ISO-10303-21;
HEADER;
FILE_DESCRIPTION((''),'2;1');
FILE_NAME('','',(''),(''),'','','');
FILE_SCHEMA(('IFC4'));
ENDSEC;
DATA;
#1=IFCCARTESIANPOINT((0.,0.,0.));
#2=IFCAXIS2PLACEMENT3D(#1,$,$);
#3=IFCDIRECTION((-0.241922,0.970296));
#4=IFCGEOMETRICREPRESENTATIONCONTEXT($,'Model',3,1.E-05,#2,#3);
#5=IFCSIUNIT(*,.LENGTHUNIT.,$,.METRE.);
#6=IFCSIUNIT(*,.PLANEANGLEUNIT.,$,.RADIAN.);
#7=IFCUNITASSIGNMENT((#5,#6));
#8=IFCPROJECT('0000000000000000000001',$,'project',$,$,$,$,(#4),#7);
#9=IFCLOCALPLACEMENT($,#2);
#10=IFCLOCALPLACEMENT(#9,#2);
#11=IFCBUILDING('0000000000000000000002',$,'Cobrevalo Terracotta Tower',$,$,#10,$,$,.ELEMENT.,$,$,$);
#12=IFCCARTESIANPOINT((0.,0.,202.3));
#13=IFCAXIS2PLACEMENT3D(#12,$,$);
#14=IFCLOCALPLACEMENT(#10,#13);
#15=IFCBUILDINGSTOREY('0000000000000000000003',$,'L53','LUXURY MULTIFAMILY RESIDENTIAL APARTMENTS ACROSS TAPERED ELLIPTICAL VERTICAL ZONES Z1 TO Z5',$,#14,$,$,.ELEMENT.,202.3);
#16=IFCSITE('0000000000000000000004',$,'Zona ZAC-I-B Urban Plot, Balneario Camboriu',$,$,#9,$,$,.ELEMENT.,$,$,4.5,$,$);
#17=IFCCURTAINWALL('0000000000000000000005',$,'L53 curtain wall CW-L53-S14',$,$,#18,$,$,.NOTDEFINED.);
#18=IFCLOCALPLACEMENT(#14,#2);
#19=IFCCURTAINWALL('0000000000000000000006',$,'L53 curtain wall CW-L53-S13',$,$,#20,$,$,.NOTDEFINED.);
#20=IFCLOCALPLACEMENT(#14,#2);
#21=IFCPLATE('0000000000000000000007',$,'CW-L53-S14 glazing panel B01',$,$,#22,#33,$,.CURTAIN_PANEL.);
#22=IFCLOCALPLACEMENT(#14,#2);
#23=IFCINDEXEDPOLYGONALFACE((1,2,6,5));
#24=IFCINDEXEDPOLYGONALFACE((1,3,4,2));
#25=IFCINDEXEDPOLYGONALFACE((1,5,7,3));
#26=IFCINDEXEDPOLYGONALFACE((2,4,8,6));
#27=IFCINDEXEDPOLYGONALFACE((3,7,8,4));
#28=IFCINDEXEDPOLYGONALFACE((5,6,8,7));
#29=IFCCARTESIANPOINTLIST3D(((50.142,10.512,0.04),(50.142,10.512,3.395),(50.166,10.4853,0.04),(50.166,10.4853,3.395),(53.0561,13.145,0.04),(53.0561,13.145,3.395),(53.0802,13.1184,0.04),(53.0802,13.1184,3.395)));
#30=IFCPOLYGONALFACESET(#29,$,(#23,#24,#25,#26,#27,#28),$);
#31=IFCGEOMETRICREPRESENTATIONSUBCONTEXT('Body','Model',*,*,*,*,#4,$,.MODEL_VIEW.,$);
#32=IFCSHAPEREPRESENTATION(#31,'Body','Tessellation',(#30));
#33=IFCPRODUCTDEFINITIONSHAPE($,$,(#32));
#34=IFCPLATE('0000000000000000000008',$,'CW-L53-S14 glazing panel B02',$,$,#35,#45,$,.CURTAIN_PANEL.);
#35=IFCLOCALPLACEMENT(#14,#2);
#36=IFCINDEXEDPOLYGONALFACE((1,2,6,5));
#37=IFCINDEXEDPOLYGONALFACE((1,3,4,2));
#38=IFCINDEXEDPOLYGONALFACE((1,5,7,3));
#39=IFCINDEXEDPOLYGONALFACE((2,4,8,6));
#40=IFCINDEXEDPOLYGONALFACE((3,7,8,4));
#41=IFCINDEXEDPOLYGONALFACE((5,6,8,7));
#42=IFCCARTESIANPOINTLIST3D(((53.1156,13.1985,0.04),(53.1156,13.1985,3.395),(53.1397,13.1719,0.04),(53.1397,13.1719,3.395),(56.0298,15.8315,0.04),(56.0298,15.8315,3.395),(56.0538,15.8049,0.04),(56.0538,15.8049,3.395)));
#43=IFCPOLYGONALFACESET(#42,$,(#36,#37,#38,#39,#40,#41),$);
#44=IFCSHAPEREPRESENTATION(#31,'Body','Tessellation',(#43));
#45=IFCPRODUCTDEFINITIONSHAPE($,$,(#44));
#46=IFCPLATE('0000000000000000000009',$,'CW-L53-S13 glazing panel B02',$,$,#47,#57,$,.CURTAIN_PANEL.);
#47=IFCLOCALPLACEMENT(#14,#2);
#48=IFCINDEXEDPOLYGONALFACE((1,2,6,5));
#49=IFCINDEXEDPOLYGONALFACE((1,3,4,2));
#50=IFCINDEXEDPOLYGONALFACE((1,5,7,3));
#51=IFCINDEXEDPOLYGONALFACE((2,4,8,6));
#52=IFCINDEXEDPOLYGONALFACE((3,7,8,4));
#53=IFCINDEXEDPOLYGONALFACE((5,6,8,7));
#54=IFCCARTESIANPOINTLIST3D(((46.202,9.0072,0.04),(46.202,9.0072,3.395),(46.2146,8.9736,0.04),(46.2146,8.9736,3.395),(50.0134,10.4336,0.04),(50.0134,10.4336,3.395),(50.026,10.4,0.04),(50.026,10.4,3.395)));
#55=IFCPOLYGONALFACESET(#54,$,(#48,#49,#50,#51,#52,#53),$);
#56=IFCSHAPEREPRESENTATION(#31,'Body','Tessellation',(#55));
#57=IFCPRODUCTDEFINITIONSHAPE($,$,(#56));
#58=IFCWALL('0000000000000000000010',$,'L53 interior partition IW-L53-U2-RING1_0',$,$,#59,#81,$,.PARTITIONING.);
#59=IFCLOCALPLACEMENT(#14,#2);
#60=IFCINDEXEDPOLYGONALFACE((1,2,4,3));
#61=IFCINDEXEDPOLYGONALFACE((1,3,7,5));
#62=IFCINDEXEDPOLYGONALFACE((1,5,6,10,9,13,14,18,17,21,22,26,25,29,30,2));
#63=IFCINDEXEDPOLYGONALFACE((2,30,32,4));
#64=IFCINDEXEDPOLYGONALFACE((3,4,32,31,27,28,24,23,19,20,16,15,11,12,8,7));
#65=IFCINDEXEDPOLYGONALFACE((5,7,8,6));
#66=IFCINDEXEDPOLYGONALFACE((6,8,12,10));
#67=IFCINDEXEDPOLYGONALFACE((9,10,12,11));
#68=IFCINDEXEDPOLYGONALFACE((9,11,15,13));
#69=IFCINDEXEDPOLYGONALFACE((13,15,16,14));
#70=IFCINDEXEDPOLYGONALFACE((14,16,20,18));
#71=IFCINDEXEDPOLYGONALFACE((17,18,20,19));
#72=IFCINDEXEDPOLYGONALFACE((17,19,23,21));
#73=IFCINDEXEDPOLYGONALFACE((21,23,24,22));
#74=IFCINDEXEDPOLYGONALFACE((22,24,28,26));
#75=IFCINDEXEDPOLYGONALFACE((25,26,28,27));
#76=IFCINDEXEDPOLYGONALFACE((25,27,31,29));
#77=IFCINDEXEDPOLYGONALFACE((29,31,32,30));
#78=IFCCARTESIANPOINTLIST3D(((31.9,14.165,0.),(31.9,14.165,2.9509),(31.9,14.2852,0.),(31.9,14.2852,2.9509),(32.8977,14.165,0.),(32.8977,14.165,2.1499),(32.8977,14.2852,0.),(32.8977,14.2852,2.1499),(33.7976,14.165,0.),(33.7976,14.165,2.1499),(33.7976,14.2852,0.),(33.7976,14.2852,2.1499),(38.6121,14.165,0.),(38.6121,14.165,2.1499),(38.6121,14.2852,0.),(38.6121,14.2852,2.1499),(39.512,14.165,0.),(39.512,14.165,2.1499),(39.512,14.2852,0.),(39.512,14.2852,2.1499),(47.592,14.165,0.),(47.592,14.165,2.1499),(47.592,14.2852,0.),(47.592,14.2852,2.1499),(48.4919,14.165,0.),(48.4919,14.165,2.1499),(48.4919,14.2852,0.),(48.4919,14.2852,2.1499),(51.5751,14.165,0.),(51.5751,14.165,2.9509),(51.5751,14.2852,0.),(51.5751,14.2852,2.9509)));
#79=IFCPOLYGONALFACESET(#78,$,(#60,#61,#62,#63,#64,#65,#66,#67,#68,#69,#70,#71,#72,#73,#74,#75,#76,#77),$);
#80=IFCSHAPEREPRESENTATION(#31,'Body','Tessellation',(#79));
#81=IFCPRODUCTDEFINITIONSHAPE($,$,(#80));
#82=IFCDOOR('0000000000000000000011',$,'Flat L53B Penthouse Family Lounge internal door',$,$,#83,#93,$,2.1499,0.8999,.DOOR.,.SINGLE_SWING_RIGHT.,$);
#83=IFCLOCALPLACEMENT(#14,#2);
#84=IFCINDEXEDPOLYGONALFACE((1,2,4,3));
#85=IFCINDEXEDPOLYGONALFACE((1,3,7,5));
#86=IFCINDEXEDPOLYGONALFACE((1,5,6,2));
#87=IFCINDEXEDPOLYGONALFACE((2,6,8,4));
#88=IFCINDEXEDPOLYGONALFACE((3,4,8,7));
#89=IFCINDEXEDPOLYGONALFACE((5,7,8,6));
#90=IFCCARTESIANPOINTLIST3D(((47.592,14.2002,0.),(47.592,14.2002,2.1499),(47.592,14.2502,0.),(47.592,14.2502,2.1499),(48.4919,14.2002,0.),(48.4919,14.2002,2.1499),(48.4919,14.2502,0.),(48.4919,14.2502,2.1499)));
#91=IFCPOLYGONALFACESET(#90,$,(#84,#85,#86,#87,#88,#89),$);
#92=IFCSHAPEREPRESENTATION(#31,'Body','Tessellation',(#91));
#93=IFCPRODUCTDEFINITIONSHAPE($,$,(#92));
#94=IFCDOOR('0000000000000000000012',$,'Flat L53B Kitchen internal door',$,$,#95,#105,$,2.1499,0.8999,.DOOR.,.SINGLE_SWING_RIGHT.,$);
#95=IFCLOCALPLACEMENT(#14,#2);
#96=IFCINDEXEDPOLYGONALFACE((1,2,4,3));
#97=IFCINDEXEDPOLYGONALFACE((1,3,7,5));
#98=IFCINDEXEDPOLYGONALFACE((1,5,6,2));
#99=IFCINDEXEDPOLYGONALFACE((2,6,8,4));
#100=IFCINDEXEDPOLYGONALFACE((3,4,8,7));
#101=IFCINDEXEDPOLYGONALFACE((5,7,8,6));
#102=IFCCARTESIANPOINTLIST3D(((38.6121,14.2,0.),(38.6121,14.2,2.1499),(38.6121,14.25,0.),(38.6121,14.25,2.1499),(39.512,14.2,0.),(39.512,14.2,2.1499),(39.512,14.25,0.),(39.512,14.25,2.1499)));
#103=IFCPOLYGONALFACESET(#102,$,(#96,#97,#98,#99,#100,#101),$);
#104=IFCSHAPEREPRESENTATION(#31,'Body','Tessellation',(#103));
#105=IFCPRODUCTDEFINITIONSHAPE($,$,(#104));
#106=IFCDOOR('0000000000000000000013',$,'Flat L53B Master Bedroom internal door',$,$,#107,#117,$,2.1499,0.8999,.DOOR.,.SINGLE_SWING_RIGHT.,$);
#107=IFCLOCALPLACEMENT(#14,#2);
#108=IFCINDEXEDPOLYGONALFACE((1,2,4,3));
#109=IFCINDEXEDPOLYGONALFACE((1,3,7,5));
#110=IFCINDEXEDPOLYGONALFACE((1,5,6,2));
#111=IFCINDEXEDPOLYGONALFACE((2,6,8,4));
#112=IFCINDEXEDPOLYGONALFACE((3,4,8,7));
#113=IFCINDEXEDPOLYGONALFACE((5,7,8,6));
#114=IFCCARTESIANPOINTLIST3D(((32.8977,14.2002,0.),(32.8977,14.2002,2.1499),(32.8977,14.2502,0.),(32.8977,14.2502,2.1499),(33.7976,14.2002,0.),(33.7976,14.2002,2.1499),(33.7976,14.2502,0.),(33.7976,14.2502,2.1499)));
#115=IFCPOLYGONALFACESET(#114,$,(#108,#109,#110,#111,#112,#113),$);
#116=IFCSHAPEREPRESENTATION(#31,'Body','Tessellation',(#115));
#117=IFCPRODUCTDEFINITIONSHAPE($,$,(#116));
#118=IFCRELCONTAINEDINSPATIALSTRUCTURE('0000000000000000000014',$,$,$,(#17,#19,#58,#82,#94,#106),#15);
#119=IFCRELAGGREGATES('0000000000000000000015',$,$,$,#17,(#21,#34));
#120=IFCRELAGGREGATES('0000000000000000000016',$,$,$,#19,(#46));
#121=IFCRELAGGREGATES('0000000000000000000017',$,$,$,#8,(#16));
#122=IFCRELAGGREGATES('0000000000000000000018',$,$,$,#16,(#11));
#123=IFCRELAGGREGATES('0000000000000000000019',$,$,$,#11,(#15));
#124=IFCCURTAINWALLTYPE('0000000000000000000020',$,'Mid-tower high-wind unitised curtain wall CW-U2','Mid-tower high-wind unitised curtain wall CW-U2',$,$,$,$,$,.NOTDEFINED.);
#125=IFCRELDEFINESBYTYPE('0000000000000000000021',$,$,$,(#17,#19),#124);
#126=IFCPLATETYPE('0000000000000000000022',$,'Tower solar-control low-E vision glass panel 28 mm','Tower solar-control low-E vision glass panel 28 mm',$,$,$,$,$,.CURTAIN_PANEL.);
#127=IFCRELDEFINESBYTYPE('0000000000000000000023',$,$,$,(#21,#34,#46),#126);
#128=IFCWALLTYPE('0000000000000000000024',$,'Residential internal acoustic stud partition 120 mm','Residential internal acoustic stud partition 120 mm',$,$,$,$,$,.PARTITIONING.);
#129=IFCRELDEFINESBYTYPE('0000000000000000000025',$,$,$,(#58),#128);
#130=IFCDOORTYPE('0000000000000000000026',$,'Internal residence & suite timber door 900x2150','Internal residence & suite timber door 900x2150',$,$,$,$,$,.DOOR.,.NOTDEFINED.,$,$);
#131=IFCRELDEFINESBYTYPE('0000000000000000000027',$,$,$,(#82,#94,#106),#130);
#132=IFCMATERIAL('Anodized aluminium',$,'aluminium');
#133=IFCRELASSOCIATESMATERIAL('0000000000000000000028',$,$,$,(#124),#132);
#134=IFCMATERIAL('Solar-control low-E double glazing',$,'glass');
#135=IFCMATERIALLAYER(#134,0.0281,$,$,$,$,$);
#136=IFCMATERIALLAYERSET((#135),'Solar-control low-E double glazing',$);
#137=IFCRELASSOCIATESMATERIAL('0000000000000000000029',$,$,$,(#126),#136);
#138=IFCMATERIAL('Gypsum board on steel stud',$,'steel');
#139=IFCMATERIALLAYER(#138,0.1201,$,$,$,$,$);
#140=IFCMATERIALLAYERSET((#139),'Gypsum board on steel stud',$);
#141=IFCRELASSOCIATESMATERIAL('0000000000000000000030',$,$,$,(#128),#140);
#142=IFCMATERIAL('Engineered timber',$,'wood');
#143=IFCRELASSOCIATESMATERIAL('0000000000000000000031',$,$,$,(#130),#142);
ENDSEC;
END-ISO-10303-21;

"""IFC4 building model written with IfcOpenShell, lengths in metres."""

from ifc_helpers import new_model, si_unit, direction, frame, frame_2d, origin, origin_2d, place, context, subcontext, project, spatial, rectangle, extrude, source, transform, mapped, material, layer, layer_set, type_object, element, fill, aggregate, save


model = new_model("IFC4")

# Units and contexts
model_context = context("Model", 3, precision=1e-05, world=origin(), true_north=direction((-0.241922, 0.970296)))
body_context = subcontext(model_context, "Body", "Model", "MODEL_VIEW")
ifc_project = project(units=[si_unit("LENGTHUNIT", "METRE"), si_unit("PLANEANGLEUNIT", "RADIAN")], contexts=[model_context])

# Site, building, storey
site_placement = place(None, origin())
site = spatial("IfcSite", under=ifc_project, at=site_placement, Name="Zona ZAC-I-B Urban Plot, Balneario Camboriu", CompositionType="ELEMENT", RefElevation=4.5)
building_placement = place(site_placement, origin())
building = spatial("IfcBuilding", under=site, at=building_placement, Name="Cobrevalo Terracotta Tower", CompositionType="ELEMENT")
storey_placement = place(building_placement, frame((0.0, 0.0, 202.3)))
storey = spatial("IfcBuildingStorey", under=building, at=storey_placement, Name="L53", Description="LUXURY MULTIFAMILY RESIDENTIAL APARTMENTS ACROSS TAPERED ELLIPTICAL VERTICAL ZONES Z1 TO Z5", CompositionType="ELEMENT", Elevation=202.3)

# Curtain wall
ifc_material_1 = material(Name="Anodized aluminium", Category="aluminium")
curtain_wall_type = type_object("IfcCurtainWallType", Name="Mid-tower high-wind unitised curtain wall CW-U2", Description="Mid-tower high-wind unitised curtain wall CW-U2", PredefinedType="NOTDEFINED", material=ifc_material_1)
curtain_wall_1_placement = place(storey_placement, origin())
curtain_wall_1 = element("IfcCurtainWall", 1, at=curtain_wall_1_placement, inside=storey, type_object=curtain_wall_type, Name="L53 curtain wall CW-L53-S14", PredefinedType="NOTDEFINED")

# Curtain wall
curtain_wall_2_placement = place(storey_placement, origin())
curtain_wall_2 = element("IfcCurtainWall", 2, at=curtain_wall_2_placement, inside=storey, type_object=curtain_wall_type, Name="L53 curtain wall CW-L53-S13", PredefinedType="NOTDEFINED")

# Plates
ifc_material_2 = material(Name="Solar-control low-E double glazing", Category="glass")
ifc_layer_1 = layer(ifc_material_2, 0.0281)
ifc_layer_set_1 = layer_set([ifc_layer_1], Name="Solar-control low-E double glazing")
plate_type = type_object("IfcPlateType", Name="Tower solar-control low-E vision glass panel 28 mm", Description="Tower solar-control low-E vision glass panel 28 mm", PredefinedType="CURTAIN_PANEL", material=ifc_layer_set_1)
shared_shape_1 = source(origin(), body_context, "Body", "SweptSolid", [
    extrude(rectangle(XDim=3.9275, YDim=0.0359, at=origin_2d()), origin(), (0.0, 0.0, 1.0), 3.355),
])
plate_1_placement = place(storey_placement, frame((51.6111, 11.8152, 0.04), z_axis=(0.0, 0.0, 1.0), x_axis=(0.741988, 0.670414, 0.0)))
plate_1 = element("IfcPlate", 3, at=plate_1_placement, type_object=plate_type, Name="CW-L53-S14 glazing panel B01", PredefinedType="CURTAIN_PANEL", context=body_context, shape_type="MappedRepresentation", body=[
    mapped(shared_shape_1, transform((0.0, 0.0, 0.0), scale=1.0)),
])
plate_2_placement = place(storey_placement, frame((54.5847, 14.5017, 0.04), z_axis=(0.0, 0.0, 1.0), x_axis=(0.741988, 0.670414, 0.0)))
plate_2 = element("IfcPlate", 4, at=plate_2_placement, type_object=plate_type, Name="CW-L53-S14 glazing panel B02", PredefinedType="CURTAIN_PANEL", context=body_context, shape_type="MappedRepresentation", body=[
    mapped(shared_shape_1, transform((0.0, 0.0, 0.0), scale=1.0)),
])
aggregate(curtain_wall_1, [plate_1, plate_2])
shared_shape_2 = source(origin(), body_context, "Body", "SweptSolid", [
    extrude(rectangle(XDim=4.0696, YDim=0.0359, at=origin_2d()), origin(), (0.0, 0.0, 1.0), 3.355),
])
plate_3_placement = place(storey_placement, frame((48.114, 9.7036, 0.04), z_axis=(0.0, 0.0, 1.0), x_axis=(0.936558, 0.350513, 0.0)))
plate_3 = element("IfcPlate", 5, at=plate_3_placement, type_object=plate_type, Name="CW-L53-S13 glazing panel B02", PredefinedType="CURTAIN_PANEL", context=body_context, shape_type="MappedRepresentation", body=[
    mapped(shared_shape_2, transform((0.0, 0.0, 0.0), scale=1.0)),
])
aggregate(curtain_wall_2, [plate_3])

# Wall, openings, doors
ifc_material_3 = material(Name="Gypsum board on steel stud", Category="steel")
ifc_layer_2 = layer(ifc_material_3, 0.1201)
ifc_layer_set_2 = layer_set([ifc_layer_2], Name="Gypsum board on steel stud")
wall_type = type_object("IfcWallType", Name="Residential internal acoustic stud partition 120 mm", Description="Residential internal acoustic stud partition 120 mm", PredefinedType="PARTITIONING", material=ifc_layer_set_2)
wall_placement = place(storey_placement, frame((51.575, 14.2251, 0.0), z_axis=(0.0, 0.0, 1.0), x_axis=(-1.0, 0.0, 0.0)))
wall = element("IfcWall", 6, at=wall_placement, inside=storey, type_object=wall_type, Name="L53 interior partition IW-L53-U2-RING1_0", PredefinedType="PARTITIONING", context=body_context, shape_type="SweptSolid", body=[
    extrude(rectangle(XDim=19.675, YDim=0.1201, at=frame_2d((9.8374, 0.0))), origin(), (0.0, 0.0, 1.0), 2.9509),
])
opening_1_placement = place(wall_placement, frame((3.083, 0.0, 0.0)))
opening_1 = element("IfcOpeningElement", 7, at=opening_1_placement, cuts=wall, PredefinedType="OPENING", context=body_context, shape_type="SweptSolid", body=[
    extrude(rectangle(XDim=0.8999, YDim=2.1499, at=frame_2d((0.45, 1.075))), frame((0.0, 0.0701, 0.0), z_axis=(0.0, -1.0, 0.0), x_axis=(1.0, 0.0, 0.0)), (0.0, 0.0, 1.0), 0.1401),
])
opening_2_placement = place(wall_placement, frame((12.063, 0.0, 0.0)))
opening_2 = element("IfcOpeningElement", 8, at=opening_2_placement, cuts=wall, PredefinedType="OPENING", context=body_context, shape_type="SweptSolid", body=[
    extrude(rectangle(XDim=0.8999, YDim=2.1499, at=frame_2d((0.45, 1.075))), frame((0.0, 0.0701, 0.0), z_axis=(0.0, -1.0, 0.0), x_axis=(1.0, 0.0, 0.0)), (0.0, 0.0, 1.0), 0.1401),
])
opening_3_placement = place(wall_placement, frame((17.7773, 0.0, 0.0)))
opening_3 = element("IfcOpeningElement", 9, at=opening_3_placement, cuts=wall, PredefinedType="OPENING", context=body_context, shape_type="SweptSolid", body=[
    extrude(rectangle(XDim=0.8999, YDim=2.1499, at=frame_2d((0.45, 1.075))), frame((0.0, 0.0701, 0.0), z_axis=(0.0, -1.0, 0.0), x_axis=(1.0, 0.0, 0.0)), (0.0, 0.0, 1.0), 0.1401),
])
ifc_material_4 = material(Name="Engineered timber", Category="wood")
door_type = type_object("IfcDoorType", Name="Internal residence & suite timber door 900x2150", Description="Internal residence & suite timber door 900x2150", OperationType="NOTDEFINED", PredefinedType="DOOR", material=ifc_material_4)
shared_shape_3 = source(origin(), body_context, "Body", "SweptSolid", [
    extrude(rectangle(XDim=0.8999, YDim=2.1499, at=frame_2d((0.45, 1.075))), frame((0.0, 0.0249, 0.0), z_axis=(0.0, -1.0, 0.0), x_axis=(1.0, 0.0, 0.0)), (0.0, 0.0, 1.0), 0.05),
])
door_1_placement = place(opening_1_placement, origin())
door_1 = element("IfcDoor", 10, at=door_1_placement, inside=storey, type_object=door_type, Name="Flat L53B Penthouse Family Lounge internal door", OperationType="SINGLE_SWING_RIGHT", OverallHeight=2.1499, OverallWidth=0.8999, PredefinedType="DOOR", context=body_context, shape_type="MappedRepresentation", body=[
    mapped(shared_shape_3, transform((0.0, 0.0, 0.0), scale=1.0)),
])
fill(opening_1, door_1)
door_2_placement = place(opening_2_placement, frame((0.8999, 0.0, 0.0), z_axis=(0.0, 0.0, 1.0), x_axis=(-1.0, 0.0, 0.0)))
door_2 = element("IfcDoor", 11, at=door_2_placement, inside=storey, type_object=door_type, Name="Flat L53B Kitchen internal door", OperationType="SINGLE_SWING_RIGHT", OverallHeight=2.1499, OverallWidth=0.8999, PredefinedType="DOOR", context=body_context, shape_type="MappedRepresentation", body=[
    mapped(shared_shape_3, transform((0.0, 0.0, 0.0), scale=1.0)),
])
fill(opening_2, door_2)
door_3_placement = place(opening_3_placement, origin())
door_3 = element("IfcDoor", 12, at=door_3_placement, inside=storey, type_object=door_type, Name="Flat L53B Master Bedroom internal door", OperationType="SINGLE_SWING_RIGHT", OverallHeight=2.1499, OverallWidth=0.8999, PredefinedType="DOOR", context=body_context, shape_type="MappedRepresentation", body=[
    mapped(shared_shape_3, transform((0.0, 0.0, 0.0), scale=1.0)),
])
fill(opening_3, door_3)

save(model, "model.ifc")
